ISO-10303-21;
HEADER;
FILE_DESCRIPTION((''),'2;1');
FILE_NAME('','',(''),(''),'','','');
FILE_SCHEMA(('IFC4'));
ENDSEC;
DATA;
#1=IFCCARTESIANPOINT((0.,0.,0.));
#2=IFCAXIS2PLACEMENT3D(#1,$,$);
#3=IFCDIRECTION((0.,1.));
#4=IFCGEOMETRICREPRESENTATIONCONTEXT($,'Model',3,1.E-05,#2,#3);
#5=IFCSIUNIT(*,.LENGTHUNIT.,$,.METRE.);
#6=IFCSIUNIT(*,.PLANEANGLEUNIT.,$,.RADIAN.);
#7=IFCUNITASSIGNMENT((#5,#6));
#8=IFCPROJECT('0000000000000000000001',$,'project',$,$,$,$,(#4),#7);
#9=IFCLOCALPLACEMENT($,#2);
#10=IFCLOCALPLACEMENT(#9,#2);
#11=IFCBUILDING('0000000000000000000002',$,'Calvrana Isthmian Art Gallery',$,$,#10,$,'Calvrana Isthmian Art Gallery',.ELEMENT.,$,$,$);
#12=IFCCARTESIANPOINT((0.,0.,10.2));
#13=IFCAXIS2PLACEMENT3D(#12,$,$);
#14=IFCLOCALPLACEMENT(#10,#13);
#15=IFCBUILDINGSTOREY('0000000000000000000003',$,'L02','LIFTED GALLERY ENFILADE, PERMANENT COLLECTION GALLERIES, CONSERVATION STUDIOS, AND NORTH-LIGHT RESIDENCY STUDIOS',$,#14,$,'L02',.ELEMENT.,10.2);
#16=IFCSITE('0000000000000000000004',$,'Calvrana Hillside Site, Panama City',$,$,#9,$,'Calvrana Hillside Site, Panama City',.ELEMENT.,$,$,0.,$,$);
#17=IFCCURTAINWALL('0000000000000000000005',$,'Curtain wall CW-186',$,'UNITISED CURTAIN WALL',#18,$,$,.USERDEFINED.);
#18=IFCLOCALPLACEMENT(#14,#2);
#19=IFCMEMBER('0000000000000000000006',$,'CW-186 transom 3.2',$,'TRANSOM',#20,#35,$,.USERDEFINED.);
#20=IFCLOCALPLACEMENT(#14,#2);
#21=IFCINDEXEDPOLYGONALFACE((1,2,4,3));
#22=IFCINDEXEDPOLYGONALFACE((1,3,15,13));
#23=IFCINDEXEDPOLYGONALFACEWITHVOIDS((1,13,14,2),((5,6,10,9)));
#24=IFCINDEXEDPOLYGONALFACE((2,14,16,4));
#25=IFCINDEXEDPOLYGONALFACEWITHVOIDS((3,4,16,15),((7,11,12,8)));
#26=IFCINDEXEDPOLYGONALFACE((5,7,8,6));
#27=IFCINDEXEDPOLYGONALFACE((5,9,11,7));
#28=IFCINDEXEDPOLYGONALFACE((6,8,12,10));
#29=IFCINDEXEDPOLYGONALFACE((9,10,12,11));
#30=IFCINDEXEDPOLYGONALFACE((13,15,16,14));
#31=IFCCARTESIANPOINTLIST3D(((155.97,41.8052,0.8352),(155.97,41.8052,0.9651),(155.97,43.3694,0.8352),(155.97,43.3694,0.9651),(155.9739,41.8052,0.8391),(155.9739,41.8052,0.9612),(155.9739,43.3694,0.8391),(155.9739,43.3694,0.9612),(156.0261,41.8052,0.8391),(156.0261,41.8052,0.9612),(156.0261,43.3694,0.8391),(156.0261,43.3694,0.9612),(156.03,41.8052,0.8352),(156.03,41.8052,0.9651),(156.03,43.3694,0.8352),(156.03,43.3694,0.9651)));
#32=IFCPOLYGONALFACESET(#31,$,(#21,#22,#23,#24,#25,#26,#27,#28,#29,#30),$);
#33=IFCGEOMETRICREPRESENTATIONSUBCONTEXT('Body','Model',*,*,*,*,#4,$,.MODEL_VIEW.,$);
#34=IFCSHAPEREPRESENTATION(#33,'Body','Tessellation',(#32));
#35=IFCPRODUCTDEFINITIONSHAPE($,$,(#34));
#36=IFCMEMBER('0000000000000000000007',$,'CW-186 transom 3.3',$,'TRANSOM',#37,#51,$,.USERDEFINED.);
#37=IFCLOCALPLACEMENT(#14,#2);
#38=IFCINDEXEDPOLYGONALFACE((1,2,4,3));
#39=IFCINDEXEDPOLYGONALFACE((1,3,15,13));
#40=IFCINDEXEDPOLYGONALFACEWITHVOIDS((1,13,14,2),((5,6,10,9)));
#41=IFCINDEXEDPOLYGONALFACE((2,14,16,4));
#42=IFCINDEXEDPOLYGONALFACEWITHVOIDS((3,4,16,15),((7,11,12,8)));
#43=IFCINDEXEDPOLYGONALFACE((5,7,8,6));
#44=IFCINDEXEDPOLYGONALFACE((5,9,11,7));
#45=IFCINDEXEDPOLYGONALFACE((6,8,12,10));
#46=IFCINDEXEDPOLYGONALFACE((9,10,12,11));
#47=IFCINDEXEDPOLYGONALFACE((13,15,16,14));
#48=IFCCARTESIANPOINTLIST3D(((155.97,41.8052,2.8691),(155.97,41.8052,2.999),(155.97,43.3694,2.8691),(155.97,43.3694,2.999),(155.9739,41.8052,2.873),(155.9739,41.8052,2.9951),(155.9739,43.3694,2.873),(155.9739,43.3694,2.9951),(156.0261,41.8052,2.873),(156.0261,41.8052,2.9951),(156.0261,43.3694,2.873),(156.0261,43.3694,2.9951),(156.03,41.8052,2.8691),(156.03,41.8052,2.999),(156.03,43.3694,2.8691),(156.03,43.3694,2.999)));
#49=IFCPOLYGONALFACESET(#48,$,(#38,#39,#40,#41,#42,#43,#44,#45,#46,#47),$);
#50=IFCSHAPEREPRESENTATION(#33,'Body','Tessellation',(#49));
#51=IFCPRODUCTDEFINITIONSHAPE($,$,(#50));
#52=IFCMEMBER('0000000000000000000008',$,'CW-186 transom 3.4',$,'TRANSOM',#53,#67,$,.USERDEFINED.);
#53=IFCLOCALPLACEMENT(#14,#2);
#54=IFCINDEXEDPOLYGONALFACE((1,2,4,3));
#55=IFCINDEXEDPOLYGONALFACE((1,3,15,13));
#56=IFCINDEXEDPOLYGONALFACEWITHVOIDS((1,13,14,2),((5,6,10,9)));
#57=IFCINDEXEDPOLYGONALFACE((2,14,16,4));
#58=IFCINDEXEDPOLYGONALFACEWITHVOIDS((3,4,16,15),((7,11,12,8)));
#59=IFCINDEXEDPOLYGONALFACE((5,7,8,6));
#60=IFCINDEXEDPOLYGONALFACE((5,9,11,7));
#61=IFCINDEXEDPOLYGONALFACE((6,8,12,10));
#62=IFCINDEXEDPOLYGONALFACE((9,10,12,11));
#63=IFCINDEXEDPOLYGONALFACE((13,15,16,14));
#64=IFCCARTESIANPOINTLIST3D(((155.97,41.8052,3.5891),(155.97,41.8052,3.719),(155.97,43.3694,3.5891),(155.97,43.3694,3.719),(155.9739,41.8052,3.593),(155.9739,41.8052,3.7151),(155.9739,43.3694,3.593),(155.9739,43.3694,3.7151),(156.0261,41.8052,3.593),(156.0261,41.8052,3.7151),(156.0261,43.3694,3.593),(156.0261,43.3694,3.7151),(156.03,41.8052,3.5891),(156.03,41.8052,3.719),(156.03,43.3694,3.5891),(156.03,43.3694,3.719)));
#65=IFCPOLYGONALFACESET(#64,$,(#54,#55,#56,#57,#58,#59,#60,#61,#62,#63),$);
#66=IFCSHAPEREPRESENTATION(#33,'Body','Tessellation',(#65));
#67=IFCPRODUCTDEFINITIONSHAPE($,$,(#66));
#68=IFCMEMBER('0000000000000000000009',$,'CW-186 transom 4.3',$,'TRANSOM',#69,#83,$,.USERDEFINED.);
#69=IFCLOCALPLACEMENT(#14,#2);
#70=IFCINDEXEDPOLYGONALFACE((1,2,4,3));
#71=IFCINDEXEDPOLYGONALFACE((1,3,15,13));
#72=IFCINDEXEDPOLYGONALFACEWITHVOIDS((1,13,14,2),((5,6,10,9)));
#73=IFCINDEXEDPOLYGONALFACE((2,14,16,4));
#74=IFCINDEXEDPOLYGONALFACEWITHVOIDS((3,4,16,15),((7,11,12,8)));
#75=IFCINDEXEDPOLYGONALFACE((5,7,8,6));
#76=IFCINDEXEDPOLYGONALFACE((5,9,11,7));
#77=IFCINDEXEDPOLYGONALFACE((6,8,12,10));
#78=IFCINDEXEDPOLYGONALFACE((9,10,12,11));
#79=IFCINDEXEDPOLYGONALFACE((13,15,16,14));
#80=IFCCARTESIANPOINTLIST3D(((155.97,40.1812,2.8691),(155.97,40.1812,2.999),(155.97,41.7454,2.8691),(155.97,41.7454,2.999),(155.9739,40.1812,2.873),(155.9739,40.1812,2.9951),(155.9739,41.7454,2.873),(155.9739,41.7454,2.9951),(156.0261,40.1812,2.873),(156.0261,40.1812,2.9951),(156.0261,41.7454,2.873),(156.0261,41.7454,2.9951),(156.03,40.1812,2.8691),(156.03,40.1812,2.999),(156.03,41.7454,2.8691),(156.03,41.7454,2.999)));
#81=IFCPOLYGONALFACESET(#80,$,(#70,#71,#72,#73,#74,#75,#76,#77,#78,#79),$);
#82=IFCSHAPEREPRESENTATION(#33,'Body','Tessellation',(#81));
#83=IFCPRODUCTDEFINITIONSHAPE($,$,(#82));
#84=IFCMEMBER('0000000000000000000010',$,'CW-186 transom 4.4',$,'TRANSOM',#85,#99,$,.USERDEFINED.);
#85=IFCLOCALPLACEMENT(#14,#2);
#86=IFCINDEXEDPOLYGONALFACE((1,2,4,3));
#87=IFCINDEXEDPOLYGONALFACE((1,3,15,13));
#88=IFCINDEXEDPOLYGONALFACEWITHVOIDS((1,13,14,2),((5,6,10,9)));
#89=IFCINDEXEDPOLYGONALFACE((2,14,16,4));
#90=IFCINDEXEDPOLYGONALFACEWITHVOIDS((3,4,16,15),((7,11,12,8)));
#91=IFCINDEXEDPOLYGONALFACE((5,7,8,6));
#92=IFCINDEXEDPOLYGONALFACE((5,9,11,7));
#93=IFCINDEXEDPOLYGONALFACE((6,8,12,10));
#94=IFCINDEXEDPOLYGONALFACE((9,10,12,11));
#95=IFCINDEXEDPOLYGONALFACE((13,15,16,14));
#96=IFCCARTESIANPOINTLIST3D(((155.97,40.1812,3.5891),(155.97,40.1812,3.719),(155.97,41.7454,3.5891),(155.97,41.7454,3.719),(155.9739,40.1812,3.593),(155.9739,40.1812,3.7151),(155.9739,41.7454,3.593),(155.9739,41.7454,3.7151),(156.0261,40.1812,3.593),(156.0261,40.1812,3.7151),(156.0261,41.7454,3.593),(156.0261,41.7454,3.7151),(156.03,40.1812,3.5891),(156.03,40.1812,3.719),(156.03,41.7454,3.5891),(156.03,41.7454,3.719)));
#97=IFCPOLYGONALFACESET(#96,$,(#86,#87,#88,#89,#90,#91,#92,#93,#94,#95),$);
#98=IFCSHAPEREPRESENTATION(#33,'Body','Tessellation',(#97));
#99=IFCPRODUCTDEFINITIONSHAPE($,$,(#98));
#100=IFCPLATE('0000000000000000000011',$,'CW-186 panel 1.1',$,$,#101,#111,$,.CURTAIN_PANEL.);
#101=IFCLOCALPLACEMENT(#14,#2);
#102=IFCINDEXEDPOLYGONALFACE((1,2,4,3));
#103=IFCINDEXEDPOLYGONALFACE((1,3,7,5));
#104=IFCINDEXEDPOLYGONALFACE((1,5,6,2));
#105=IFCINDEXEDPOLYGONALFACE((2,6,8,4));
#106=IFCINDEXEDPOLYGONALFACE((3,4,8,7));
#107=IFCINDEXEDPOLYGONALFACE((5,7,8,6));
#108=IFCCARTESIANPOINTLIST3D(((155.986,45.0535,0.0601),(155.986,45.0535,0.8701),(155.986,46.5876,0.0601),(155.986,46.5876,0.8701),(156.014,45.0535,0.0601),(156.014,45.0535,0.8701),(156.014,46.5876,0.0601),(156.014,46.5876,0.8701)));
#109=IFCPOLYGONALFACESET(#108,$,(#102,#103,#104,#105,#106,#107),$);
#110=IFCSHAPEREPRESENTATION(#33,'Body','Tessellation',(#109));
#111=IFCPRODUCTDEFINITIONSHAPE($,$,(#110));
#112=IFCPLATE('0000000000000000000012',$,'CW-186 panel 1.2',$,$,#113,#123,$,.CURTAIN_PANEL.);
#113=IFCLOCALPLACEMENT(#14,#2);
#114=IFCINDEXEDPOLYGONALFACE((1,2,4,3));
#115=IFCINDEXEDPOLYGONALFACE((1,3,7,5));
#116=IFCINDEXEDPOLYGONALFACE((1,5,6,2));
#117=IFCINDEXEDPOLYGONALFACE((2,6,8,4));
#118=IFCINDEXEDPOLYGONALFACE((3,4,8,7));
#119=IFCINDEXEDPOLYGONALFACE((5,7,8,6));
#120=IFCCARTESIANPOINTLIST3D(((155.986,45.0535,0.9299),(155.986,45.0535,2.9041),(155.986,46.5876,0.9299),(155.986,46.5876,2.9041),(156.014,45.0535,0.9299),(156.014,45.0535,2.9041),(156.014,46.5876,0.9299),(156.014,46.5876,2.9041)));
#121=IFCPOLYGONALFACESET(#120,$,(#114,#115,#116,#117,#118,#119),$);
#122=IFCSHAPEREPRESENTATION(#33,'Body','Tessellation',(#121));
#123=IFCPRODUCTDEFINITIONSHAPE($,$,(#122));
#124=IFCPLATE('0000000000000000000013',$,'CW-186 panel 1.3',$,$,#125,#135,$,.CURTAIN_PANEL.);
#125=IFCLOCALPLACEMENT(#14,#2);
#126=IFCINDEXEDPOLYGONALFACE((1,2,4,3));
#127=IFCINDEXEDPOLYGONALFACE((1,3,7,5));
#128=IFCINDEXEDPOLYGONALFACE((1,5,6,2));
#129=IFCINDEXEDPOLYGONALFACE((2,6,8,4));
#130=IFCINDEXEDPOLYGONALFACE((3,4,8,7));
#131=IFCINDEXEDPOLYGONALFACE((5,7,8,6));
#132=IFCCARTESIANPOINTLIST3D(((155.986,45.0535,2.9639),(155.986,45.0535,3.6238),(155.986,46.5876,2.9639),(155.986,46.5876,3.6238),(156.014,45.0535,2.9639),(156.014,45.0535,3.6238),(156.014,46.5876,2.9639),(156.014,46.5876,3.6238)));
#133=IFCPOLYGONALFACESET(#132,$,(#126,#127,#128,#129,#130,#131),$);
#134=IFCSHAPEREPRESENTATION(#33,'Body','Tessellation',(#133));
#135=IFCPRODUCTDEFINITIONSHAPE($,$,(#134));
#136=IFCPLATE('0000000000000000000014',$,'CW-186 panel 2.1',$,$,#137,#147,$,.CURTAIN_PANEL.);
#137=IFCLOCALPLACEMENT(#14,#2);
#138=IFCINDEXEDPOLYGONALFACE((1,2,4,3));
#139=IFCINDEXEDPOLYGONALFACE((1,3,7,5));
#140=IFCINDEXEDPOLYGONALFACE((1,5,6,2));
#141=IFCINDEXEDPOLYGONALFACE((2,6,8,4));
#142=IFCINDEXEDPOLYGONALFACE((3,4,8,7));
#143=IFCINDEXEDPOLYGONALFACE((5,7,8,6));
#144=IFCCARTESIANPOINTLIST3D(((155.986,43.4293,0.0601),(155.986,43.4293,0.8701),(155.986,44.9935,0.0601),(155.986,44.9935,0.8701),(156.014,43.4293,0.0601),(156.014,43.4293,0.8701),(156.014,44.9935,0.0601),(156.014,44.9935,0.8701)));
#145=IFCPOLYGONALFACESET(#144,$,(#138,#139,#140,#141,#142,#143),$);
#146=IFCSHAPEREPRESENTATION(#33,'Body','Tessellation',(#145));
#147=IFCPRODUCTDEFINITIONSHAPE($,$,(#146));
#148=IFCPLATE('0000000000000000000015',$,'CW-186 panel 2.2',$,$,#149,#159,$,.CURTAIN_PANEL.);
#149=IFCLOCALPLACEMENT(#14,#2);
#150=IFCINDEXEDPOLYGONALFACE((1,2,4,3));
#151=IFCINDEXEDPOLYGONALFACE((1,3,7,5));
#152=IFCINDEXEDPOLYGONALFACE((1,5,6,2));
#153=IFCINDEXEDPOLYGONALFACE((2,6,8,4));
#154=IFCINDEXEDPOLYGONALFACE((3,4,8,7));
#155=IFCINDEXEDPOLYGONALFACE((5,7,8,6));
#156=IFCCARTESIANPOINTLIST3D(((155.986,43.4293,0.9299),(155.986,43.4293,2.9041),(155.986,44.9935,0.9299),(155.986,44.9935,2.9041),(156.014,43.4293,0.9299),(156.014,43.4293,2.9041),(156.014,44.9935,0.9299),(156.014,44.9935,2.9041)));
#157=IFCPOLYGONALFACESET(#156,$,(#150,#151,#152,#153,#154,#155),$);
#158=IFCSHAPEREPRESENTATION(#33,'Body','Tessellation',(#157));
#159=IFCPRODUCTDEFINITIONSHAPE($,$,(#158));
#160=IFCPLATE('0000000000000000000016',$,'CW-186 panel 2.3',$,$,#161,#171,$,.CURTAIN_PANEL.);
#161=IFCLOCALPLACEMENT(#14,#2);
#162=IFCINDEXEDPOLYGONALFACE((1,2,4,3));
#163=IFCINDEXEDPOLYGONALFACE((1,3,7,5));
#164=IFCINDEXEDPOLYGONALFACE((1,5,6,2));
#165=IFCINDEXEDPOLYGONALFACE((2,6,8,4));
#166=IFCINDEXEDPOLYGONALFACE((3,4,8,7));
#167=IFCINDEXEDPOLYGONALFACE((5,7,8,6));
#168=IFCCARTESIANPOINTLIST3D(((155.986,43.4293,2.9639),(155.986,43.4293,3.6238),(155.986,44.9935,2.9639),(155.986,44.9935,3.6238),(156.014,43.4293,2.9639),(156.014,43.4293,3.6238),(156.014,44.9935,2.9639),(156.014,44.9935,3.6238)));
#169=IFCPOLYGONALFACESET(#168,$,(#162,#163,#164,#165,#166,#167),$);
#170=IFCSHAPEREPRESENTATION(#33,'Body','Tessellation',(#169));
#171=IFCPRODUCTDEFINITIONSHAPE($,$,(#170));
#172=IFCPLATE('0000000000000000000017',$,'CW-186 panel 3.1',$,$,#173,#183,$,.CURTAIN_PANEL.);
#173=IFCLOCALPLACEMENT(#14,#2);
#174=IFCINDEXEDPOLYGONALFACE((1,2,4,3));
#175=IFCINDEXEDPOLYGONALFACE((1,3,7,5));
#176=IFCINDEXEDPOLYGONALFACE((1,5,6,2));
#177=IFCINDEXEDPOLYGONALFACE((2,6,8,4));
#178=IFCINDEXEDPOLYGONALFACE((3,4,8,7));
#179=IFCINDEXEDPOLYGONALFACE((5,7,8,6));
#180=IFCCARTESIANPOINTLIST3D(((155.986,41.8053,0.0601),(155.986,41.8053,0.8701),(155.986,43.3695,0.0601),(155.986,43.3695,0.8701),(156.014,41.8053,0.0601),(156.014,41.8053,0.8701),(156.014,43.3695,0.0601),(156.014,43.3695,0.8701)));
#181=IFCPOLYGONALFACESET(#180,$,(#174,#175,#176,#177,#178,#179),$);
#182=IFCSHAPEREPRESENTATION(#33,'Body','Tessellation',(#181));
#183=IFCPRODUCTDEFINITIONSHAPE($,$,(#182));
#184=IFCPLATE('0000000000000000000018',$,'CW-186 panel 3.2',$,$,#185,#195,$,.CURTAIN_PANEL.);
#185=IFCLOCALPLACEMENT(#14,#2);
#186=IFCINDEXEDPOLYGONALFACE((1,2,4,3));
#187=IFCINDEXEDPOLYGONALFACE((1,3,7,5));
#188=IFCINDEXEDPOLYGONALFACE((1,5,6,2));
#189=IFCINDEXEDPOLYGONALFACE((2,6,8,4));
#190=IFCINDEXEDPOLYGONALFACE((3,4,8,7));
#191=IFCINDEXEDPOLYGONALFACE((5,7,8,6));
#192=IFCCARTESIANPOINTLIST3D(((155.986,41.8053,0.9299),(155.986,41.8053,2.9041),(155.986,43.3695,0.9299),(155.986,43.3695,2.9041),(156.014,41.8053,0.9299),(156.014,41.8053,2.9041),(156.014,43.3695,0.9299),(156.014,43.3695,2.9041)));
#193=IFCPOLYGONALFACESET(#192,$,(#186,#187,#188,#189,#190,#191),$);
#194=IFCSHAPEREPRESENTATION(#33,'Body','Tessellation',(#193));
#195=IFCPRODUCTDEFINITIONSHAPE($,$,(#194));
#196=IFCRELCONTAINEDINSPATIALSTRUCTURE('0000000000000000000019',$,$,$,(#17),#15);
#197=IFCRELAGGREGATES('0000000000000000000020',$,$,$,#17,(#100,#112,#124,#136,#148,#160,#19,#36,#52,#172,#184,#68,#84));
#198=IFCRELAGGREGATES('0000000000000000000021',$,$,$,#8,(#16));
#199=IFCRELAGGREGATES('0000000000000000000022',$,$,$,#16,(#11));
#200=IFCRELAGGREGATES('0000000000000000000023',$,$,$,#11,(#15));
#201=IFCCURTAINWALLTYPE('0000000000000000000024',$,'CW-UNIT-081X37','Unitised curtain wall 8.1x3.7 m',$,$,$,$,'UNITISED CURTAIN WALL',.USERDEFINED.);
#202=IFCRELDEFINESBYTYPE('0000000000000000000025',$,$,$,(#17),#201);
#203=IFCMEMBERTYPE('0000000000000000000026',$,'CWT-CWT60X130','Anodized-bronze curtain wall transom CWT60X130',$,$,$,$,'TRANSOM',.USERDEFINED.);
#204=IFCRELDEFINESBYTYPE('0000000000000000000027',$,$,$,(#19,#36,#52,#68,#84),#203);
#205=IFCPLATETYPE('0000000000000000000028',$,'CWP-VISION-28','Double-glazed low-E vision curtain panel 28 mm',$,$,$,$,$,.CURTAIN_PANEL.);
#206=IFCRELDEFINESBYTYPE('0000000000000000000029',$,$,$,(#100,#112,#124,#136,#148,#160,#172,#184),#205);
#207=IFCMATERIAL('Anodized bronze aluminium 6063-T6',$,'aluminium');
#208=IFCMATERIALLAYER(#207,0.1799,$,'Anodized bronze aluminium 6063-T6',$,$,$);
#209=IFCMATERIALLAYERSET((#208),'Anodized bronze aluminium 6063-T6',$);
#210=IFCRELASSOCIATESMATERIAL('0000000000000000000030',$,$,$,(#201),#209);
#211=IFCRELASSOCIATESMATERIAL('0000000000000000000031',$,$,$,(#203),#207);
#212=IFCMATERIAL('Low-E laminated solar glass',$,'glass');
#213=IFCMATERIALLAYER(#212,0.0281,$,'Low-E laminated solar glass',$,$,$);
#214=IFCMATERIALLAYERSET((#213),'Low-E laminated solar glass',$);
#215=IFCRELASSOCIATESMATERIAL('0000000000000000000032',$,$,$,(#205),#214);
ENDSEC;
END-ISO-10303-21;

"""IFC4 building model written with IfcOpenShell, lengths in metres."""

from ifc_helpers import new_model, si_unit, direction, frame, origin, origin_2d, place, context, subcontext, project, spatial, rectangle, hollow_rectangle, extrude, material, layer, layer_set, material_profile, profile_set, type_object, element, aggregate, save


model = new_model("IFC4")

# Units and contexts
model_context = context("Model", 3, precision=1e-05, world=origin(), true_north=direction((0.0, 1.0)))
body_context = subcontext(model_context, "Body", "Model", "MODEL_VIEW")
ifc_project = project(units=[si_unit("LENGTHUNIT", "METRE"), si_unit("PLANEANGLEUNIT", "RADIAN")], contexts=[model_context])

# Site, building, storey
site_placement = place(None, origin())
site = spatial("IfcSite", under=ifc_project, at=site_placement, Name="Calvrana Hillside Site, Panama City", LongName="Calvrana Hillside Site, Panama City", CompositionType="ELEMENT", RefElevation=0.0)
building_placement = place(site_placement, origin())
building = spatial("IfcBuilding", under=site, at=building_placement, Name="Calvrana Isthmian Art Gallery", LongName="Calvrana Isthmian Art Gallery", CompositionType="ELEMENT")
storey_placement = place(building_placement, frame((0.0, 0.0, 10.2)))
storey = spatial("IfcBuildingStorey", under=building, at=storey_placement, Name="L02", Description="LIFTED GALLERY ENFILADE, PERMANENT COLLECTION GALLERIES, CONSERVATION STUDIOS, AND NORTH-LIGHT RESIDENCY STUDIOS", LongName="L02", CompositionType="ELEMENT", Elevation=10.2)

# Curtain wall, members, plates
ifc_material_1 = material(Name="Anodized bronze aluminium 6063-T6", Category="aluminium")
ifc_layer_1 = layer(ifc_material_1, 0.1799, Name="Anodized bronze aluminium 6063-T6")
ifc_layer_set_1 = layer_set([ifc_layer_1], Name="Anodized bronze aluminium 6063-T6")
curtain_wall_type = type_object("IfcCurtainWallType", Name="CW-UNIT-081X37", Description="Unitised curtain wall 8.1x3.7 m", ElementType="UNITISED CURTAIN WALL", PredefinedType="USERDEFINED", material=ifc_layer_set_1)
curtain_wall_placement = place(storey_placement, origin())
curtain_wall = element("IfcCurtainWall", 1, at=curtain_wall_placement, inside=storey, type_object=curtain_wall_type, Name="Curtain wall CW-186", ObjectType="UNITISED CURTAIN WALL", PredefinedType="USERDEFINED")
ifc_material_profile_1 = material_profile(ifc_material_1, hollow_rectangle(XDim=0.0601, YDim=0.1299, WallThickness=0.0039, at=origin_2d()), Name="CWT60X130")
ifc_profile_set_1 = profile_set([ifc_material_profile_1], Name="Anodized bronze aluminium 6063-T6")
member_type_1 = type_object("IfcMemberType", Name="CWT-CWT60X130", Description="Anodized-bronze curtain wall transom CWT60X130", ElementType="TRANSOM", PredefinedType="USERDEFINED", material=ifc_profile_set_1)
member_1_placement = place(storey_placement, frame((156.0, 43.3694, 0.9001), z_axis=(0.0, -1.0, 0.0), x_axis=(1.0, 0.0, 0.0)))
member_1 = element("IfcMember", 2, at=member_1_placement, type_object=member_type_1, Name="CW-186 transom 3.2", ObjectType="TRANSOM", PredefinedType="USERDEFINED", context=body_context, shape_type="SweptSolid", body=[
    extrude(hollow_rectangle(XDim=0.0601, YDim=0.1299, WallThickness=0.0039, at=origin_2d()), origin(), (0.0, 0.0, 1.0), 1.5642),
])
member_2_placement = place(storey_placement, frame((156.0, 43.3694, 2.9341), z_axis=(0.0, -1.0, 0.0), x_axis=(1.0, 0.0, 0.0)))
member_2 = element("IfcMember", 3, at=member_2_placement, type_object=member_type_1, Name="CW-186 transom 3.3", ObjectType="TRANSOM", PredefinedType="USERDEFINED", context=body_context, shape_type="SweptSolid", body=[
    extrude(hollow_rectangle(XDim=0.0601, YDim=0.1299, WallThickness=0.0039, at=origin_2d()), origin(), (0.0, 0.0, 1.0), 1.5642),
])
member_3_placement = place(storey_placement, frame((156.0, 43.3694, 3.6541), z_axis=(0.0, -1.0, 0.0), x_axis=(1.0, 0.0, 0.0)))
member_3 = element("IfcMember", 4, at=member_3_placement, type_object=member_type_1, Name="CW-186 transom 3.4", ObjectType="TRANSOM", PredefinedType="USERDEFINED", context=body_context, shape_type="SweptSolid", body=[
    extrude(hollow_rectangle(XDim=0.0601, YDim=0.1299, WallThickness=0.0039, at=origin_2d()), origin(), (0.0, 0.0, 1.0), 1.5642),
])
member_4_placement = place(storey_placement, frame((156.0, 41.7454, 2.9341), z_axis=(0.0, -1.0, 0.0), x_axis=(1.0, 0.0, 0.0)))
member_4 = element("IfcMember", 5, at=member_4_placement, type_object=member_type_1, Name="CW-186 transom 4.3", ObjectType="TRANSOM", PredefinedType="USERDEFINED", context=body_context, shape_type="SweptSolid", body=[
    extrude(hollow_rectangle(XDim=0.0601, YDim=0.1299, WallThickness=0.0039, at=origin_2d()), origin(), (0.0, 0.0, 1.0), 1.5642),
])
member_5_placement = place(storey_placement, frame((156.0, 41.7454, 3.6541), z_axis=(0.0, -1.0, 0.0), x_axis=(1.0, 0.0, 0.0)))
member_5 = element("IfcMember", 6, at=member_5_placement, type_object=member_type_1, Name="CW-186 transom 4.4", ObjectType="TRANSOM", PredefinedType="USERDEFINED", context=body_context, shape_type="SweptSolid", body=[
    extrude(hollow_rectangle(XDim=0.0601, YDim=0.1299, WallThickness=0.0039, at=origin_2d()), origin(), (0.0, 0.0, 1.0), 1.5642),
])
ifc_material_2 = material(Name="Low-E laminated solar glass", Category="glass")
ifc_layer_2 = layer(ifc_material_2, 0.0281, Name="Low-E laminated solar glass")
ifc_layer_set_2 = layer_set([ifc_layer_2], Name="Low-E laminated solar glass")
plate_type = type_object("IfcPlateType", Name="CWP-VISION-28", Description="Double-glazed low-E vision curtain panel 28 mm", PredefinedType="CURTAIN_PANEL", material=ifc_layer_set_2)
plate_1_placement = place(storey_placement, frame((156.0, 45.8206, 0.0601), z_axis=(0.0, 0.0, 1.0), x_axis=(0.0, -1.0, 0.0)))
plate_1 = element("IfcPlate", 7, at=plate_1_placement, type_object=plate_type, Name="CW-186 panel 1.1", PredefinedType="CURTAIN_PANEL", context=body_context, shape_type="SweptSolid", body=[
    extrude(rectangle(XDim=1.5342, YDim=0.0281, at=origin_2d()), origin(), (0.0, 0.0, 1.0), 0.8101),
])
plate_2_placement = place(storey_placement, frame((156.0, 45.8206, 0.9299), z_axis=(0.0, 0.0, 1.0), x_axis=(0.0, -1.0, 0.0)))
plate_2 = element("IfcPlate", 8, at=plate_2_placement, type_object=plate_type, Name="CW-186 panel 1.2", PredefinedType="CURTAIN_PANEL", context=body_context, shape_type="SweptSolid", body=[
    extrude(rectangle(XDim=1.5342, YDim=0.0281, at=origin_2d()), origin(), (0.0, 0.0, 1.0), 1.9741),
])
plate_3_placement = place(storey_placement, frame((156.0, 45.8206, 2.9639), z_axis=(0.0, 0.0, 1.0), x_axis=(0.0, -1.0, 0.0)))
plate_3 = element("IfcPlate", 9, at=plate_3_placement, type_object=plate_type, Name="CW-186 panel 1.3", PredefinedType="CURTAIN_PANEL", context=body_context, shape_type="SweptSolid", body=[
    extrude(rectangle(XDim=1.5342, YDim=0.0281, at=origin_2d()), origin(), (0.0, 0.0, 1.0), 0.6599),
])
plate_4_placement = place(storey_placement, frame((156.0, 44.2114, 0.0601), z_axis=(0.0, 0.0, 1.0), x_axis=(0.0, -1.0, 0.0)))
plate_4 = element("IfcPlate", 10, at=plate_4_placement, type_object=plate_type, Name="CW-186 panel 2.1", PredefinedType="CURTAIN_PANEL", context=body_context, shape_type="SweptSolid", body=[
    extrude(rectangle(XDim=1.5642, YDim=0.0281, at=origin_2d()), origin(), (0.0, 0.0, 1.0), 0.8101),
])
plate_5_placement = place(storey_placement, frame((156.0, 44.2114, 0.9299), z_axis=(0.0, 0.0, 1.0), x_axis=(0.0, -1.0, 0.0)))
plate_5 = element("IfcPlate", 11, at=plate_5_placement, type_object=plate_type, Name="CW-186 panel 2.2", PredefinedType="CURTAIN_PANEL", context=body_context, shape_type="SweptSolid", body=[
    extrude(rectangle(XDim=1.5642, YDim=0.0281, at=origin_2d()), origin(), (0.0, 0.0, 1.0), 1.9741),
])
plate_6_placement = place(storey_placement, frame((156.0, 44.2114, 2.9639), z_axis=(0.0, 0.0, 1.0), x_axis=(0.0, -1.0, 0.0)))
plate_6 = element("IfcPlate", 12, at=plate_6_placement, type_object=plate_type, Name="CW-186 panel 2.3", PredefinedType="CURTAIN_PANEL", context=body_context, shape_type="SweptSolid", body=[
    extrude(rectangle(XDim=1.5642, YDim=0.0281, at=origin_2d()), origin(), (0.0, 0.0, 1.0), 0.6599),
])
plate_7_placement = place(storey_placement, frame((156.0, 42.5874, 0.0601), z_axis=(0.0, 0.0, 1.0), x_axis=(0.0, -1.0, 0.0)))
plate_7 = element("IfcPlate", 13, at=plate_7_placement, type_object=plate_type, Name="CW-186 panel 3.1", PredefinedType="CURTAIN_PANEL", context=body_context, shape_type="SweptSolid", body=[
    extrude(rectangle(XDim=1.5642, YDim=0.0281, at=origin_2d()), origin(), (0.0, 0.0, 1.0), 0.8101),
])
plate_8_placement = place(storey_placement, frame((156.0, 42.5874, 0.9299), z_axis=(0.0, 0.0, 1.0), x_axis=(0.0, -1.0, 0.0)))
plate_8 = element("IfcPlate", 14, at=plate_8_placement, type_object=plate_type, Name="CW-186 panel 3.2", PredefinedType="CURTAIN_PANEL", context=body_context, shape_type="SweptSolid", body=[
    extrude(rectangle(XDim=1.5642, YDim=0.0281, at=origin_2d()), origin(), (0.0, 0.0, 1.0), 1.9741),
])
aggregate(curtain_wall, [plate_1, plate_2, plate_3, plate_4, plate_5, plate_6, member_1, member_2, member_3, plate_7, plate_8, member_4, member_5])

save(model, "model.ifc")
